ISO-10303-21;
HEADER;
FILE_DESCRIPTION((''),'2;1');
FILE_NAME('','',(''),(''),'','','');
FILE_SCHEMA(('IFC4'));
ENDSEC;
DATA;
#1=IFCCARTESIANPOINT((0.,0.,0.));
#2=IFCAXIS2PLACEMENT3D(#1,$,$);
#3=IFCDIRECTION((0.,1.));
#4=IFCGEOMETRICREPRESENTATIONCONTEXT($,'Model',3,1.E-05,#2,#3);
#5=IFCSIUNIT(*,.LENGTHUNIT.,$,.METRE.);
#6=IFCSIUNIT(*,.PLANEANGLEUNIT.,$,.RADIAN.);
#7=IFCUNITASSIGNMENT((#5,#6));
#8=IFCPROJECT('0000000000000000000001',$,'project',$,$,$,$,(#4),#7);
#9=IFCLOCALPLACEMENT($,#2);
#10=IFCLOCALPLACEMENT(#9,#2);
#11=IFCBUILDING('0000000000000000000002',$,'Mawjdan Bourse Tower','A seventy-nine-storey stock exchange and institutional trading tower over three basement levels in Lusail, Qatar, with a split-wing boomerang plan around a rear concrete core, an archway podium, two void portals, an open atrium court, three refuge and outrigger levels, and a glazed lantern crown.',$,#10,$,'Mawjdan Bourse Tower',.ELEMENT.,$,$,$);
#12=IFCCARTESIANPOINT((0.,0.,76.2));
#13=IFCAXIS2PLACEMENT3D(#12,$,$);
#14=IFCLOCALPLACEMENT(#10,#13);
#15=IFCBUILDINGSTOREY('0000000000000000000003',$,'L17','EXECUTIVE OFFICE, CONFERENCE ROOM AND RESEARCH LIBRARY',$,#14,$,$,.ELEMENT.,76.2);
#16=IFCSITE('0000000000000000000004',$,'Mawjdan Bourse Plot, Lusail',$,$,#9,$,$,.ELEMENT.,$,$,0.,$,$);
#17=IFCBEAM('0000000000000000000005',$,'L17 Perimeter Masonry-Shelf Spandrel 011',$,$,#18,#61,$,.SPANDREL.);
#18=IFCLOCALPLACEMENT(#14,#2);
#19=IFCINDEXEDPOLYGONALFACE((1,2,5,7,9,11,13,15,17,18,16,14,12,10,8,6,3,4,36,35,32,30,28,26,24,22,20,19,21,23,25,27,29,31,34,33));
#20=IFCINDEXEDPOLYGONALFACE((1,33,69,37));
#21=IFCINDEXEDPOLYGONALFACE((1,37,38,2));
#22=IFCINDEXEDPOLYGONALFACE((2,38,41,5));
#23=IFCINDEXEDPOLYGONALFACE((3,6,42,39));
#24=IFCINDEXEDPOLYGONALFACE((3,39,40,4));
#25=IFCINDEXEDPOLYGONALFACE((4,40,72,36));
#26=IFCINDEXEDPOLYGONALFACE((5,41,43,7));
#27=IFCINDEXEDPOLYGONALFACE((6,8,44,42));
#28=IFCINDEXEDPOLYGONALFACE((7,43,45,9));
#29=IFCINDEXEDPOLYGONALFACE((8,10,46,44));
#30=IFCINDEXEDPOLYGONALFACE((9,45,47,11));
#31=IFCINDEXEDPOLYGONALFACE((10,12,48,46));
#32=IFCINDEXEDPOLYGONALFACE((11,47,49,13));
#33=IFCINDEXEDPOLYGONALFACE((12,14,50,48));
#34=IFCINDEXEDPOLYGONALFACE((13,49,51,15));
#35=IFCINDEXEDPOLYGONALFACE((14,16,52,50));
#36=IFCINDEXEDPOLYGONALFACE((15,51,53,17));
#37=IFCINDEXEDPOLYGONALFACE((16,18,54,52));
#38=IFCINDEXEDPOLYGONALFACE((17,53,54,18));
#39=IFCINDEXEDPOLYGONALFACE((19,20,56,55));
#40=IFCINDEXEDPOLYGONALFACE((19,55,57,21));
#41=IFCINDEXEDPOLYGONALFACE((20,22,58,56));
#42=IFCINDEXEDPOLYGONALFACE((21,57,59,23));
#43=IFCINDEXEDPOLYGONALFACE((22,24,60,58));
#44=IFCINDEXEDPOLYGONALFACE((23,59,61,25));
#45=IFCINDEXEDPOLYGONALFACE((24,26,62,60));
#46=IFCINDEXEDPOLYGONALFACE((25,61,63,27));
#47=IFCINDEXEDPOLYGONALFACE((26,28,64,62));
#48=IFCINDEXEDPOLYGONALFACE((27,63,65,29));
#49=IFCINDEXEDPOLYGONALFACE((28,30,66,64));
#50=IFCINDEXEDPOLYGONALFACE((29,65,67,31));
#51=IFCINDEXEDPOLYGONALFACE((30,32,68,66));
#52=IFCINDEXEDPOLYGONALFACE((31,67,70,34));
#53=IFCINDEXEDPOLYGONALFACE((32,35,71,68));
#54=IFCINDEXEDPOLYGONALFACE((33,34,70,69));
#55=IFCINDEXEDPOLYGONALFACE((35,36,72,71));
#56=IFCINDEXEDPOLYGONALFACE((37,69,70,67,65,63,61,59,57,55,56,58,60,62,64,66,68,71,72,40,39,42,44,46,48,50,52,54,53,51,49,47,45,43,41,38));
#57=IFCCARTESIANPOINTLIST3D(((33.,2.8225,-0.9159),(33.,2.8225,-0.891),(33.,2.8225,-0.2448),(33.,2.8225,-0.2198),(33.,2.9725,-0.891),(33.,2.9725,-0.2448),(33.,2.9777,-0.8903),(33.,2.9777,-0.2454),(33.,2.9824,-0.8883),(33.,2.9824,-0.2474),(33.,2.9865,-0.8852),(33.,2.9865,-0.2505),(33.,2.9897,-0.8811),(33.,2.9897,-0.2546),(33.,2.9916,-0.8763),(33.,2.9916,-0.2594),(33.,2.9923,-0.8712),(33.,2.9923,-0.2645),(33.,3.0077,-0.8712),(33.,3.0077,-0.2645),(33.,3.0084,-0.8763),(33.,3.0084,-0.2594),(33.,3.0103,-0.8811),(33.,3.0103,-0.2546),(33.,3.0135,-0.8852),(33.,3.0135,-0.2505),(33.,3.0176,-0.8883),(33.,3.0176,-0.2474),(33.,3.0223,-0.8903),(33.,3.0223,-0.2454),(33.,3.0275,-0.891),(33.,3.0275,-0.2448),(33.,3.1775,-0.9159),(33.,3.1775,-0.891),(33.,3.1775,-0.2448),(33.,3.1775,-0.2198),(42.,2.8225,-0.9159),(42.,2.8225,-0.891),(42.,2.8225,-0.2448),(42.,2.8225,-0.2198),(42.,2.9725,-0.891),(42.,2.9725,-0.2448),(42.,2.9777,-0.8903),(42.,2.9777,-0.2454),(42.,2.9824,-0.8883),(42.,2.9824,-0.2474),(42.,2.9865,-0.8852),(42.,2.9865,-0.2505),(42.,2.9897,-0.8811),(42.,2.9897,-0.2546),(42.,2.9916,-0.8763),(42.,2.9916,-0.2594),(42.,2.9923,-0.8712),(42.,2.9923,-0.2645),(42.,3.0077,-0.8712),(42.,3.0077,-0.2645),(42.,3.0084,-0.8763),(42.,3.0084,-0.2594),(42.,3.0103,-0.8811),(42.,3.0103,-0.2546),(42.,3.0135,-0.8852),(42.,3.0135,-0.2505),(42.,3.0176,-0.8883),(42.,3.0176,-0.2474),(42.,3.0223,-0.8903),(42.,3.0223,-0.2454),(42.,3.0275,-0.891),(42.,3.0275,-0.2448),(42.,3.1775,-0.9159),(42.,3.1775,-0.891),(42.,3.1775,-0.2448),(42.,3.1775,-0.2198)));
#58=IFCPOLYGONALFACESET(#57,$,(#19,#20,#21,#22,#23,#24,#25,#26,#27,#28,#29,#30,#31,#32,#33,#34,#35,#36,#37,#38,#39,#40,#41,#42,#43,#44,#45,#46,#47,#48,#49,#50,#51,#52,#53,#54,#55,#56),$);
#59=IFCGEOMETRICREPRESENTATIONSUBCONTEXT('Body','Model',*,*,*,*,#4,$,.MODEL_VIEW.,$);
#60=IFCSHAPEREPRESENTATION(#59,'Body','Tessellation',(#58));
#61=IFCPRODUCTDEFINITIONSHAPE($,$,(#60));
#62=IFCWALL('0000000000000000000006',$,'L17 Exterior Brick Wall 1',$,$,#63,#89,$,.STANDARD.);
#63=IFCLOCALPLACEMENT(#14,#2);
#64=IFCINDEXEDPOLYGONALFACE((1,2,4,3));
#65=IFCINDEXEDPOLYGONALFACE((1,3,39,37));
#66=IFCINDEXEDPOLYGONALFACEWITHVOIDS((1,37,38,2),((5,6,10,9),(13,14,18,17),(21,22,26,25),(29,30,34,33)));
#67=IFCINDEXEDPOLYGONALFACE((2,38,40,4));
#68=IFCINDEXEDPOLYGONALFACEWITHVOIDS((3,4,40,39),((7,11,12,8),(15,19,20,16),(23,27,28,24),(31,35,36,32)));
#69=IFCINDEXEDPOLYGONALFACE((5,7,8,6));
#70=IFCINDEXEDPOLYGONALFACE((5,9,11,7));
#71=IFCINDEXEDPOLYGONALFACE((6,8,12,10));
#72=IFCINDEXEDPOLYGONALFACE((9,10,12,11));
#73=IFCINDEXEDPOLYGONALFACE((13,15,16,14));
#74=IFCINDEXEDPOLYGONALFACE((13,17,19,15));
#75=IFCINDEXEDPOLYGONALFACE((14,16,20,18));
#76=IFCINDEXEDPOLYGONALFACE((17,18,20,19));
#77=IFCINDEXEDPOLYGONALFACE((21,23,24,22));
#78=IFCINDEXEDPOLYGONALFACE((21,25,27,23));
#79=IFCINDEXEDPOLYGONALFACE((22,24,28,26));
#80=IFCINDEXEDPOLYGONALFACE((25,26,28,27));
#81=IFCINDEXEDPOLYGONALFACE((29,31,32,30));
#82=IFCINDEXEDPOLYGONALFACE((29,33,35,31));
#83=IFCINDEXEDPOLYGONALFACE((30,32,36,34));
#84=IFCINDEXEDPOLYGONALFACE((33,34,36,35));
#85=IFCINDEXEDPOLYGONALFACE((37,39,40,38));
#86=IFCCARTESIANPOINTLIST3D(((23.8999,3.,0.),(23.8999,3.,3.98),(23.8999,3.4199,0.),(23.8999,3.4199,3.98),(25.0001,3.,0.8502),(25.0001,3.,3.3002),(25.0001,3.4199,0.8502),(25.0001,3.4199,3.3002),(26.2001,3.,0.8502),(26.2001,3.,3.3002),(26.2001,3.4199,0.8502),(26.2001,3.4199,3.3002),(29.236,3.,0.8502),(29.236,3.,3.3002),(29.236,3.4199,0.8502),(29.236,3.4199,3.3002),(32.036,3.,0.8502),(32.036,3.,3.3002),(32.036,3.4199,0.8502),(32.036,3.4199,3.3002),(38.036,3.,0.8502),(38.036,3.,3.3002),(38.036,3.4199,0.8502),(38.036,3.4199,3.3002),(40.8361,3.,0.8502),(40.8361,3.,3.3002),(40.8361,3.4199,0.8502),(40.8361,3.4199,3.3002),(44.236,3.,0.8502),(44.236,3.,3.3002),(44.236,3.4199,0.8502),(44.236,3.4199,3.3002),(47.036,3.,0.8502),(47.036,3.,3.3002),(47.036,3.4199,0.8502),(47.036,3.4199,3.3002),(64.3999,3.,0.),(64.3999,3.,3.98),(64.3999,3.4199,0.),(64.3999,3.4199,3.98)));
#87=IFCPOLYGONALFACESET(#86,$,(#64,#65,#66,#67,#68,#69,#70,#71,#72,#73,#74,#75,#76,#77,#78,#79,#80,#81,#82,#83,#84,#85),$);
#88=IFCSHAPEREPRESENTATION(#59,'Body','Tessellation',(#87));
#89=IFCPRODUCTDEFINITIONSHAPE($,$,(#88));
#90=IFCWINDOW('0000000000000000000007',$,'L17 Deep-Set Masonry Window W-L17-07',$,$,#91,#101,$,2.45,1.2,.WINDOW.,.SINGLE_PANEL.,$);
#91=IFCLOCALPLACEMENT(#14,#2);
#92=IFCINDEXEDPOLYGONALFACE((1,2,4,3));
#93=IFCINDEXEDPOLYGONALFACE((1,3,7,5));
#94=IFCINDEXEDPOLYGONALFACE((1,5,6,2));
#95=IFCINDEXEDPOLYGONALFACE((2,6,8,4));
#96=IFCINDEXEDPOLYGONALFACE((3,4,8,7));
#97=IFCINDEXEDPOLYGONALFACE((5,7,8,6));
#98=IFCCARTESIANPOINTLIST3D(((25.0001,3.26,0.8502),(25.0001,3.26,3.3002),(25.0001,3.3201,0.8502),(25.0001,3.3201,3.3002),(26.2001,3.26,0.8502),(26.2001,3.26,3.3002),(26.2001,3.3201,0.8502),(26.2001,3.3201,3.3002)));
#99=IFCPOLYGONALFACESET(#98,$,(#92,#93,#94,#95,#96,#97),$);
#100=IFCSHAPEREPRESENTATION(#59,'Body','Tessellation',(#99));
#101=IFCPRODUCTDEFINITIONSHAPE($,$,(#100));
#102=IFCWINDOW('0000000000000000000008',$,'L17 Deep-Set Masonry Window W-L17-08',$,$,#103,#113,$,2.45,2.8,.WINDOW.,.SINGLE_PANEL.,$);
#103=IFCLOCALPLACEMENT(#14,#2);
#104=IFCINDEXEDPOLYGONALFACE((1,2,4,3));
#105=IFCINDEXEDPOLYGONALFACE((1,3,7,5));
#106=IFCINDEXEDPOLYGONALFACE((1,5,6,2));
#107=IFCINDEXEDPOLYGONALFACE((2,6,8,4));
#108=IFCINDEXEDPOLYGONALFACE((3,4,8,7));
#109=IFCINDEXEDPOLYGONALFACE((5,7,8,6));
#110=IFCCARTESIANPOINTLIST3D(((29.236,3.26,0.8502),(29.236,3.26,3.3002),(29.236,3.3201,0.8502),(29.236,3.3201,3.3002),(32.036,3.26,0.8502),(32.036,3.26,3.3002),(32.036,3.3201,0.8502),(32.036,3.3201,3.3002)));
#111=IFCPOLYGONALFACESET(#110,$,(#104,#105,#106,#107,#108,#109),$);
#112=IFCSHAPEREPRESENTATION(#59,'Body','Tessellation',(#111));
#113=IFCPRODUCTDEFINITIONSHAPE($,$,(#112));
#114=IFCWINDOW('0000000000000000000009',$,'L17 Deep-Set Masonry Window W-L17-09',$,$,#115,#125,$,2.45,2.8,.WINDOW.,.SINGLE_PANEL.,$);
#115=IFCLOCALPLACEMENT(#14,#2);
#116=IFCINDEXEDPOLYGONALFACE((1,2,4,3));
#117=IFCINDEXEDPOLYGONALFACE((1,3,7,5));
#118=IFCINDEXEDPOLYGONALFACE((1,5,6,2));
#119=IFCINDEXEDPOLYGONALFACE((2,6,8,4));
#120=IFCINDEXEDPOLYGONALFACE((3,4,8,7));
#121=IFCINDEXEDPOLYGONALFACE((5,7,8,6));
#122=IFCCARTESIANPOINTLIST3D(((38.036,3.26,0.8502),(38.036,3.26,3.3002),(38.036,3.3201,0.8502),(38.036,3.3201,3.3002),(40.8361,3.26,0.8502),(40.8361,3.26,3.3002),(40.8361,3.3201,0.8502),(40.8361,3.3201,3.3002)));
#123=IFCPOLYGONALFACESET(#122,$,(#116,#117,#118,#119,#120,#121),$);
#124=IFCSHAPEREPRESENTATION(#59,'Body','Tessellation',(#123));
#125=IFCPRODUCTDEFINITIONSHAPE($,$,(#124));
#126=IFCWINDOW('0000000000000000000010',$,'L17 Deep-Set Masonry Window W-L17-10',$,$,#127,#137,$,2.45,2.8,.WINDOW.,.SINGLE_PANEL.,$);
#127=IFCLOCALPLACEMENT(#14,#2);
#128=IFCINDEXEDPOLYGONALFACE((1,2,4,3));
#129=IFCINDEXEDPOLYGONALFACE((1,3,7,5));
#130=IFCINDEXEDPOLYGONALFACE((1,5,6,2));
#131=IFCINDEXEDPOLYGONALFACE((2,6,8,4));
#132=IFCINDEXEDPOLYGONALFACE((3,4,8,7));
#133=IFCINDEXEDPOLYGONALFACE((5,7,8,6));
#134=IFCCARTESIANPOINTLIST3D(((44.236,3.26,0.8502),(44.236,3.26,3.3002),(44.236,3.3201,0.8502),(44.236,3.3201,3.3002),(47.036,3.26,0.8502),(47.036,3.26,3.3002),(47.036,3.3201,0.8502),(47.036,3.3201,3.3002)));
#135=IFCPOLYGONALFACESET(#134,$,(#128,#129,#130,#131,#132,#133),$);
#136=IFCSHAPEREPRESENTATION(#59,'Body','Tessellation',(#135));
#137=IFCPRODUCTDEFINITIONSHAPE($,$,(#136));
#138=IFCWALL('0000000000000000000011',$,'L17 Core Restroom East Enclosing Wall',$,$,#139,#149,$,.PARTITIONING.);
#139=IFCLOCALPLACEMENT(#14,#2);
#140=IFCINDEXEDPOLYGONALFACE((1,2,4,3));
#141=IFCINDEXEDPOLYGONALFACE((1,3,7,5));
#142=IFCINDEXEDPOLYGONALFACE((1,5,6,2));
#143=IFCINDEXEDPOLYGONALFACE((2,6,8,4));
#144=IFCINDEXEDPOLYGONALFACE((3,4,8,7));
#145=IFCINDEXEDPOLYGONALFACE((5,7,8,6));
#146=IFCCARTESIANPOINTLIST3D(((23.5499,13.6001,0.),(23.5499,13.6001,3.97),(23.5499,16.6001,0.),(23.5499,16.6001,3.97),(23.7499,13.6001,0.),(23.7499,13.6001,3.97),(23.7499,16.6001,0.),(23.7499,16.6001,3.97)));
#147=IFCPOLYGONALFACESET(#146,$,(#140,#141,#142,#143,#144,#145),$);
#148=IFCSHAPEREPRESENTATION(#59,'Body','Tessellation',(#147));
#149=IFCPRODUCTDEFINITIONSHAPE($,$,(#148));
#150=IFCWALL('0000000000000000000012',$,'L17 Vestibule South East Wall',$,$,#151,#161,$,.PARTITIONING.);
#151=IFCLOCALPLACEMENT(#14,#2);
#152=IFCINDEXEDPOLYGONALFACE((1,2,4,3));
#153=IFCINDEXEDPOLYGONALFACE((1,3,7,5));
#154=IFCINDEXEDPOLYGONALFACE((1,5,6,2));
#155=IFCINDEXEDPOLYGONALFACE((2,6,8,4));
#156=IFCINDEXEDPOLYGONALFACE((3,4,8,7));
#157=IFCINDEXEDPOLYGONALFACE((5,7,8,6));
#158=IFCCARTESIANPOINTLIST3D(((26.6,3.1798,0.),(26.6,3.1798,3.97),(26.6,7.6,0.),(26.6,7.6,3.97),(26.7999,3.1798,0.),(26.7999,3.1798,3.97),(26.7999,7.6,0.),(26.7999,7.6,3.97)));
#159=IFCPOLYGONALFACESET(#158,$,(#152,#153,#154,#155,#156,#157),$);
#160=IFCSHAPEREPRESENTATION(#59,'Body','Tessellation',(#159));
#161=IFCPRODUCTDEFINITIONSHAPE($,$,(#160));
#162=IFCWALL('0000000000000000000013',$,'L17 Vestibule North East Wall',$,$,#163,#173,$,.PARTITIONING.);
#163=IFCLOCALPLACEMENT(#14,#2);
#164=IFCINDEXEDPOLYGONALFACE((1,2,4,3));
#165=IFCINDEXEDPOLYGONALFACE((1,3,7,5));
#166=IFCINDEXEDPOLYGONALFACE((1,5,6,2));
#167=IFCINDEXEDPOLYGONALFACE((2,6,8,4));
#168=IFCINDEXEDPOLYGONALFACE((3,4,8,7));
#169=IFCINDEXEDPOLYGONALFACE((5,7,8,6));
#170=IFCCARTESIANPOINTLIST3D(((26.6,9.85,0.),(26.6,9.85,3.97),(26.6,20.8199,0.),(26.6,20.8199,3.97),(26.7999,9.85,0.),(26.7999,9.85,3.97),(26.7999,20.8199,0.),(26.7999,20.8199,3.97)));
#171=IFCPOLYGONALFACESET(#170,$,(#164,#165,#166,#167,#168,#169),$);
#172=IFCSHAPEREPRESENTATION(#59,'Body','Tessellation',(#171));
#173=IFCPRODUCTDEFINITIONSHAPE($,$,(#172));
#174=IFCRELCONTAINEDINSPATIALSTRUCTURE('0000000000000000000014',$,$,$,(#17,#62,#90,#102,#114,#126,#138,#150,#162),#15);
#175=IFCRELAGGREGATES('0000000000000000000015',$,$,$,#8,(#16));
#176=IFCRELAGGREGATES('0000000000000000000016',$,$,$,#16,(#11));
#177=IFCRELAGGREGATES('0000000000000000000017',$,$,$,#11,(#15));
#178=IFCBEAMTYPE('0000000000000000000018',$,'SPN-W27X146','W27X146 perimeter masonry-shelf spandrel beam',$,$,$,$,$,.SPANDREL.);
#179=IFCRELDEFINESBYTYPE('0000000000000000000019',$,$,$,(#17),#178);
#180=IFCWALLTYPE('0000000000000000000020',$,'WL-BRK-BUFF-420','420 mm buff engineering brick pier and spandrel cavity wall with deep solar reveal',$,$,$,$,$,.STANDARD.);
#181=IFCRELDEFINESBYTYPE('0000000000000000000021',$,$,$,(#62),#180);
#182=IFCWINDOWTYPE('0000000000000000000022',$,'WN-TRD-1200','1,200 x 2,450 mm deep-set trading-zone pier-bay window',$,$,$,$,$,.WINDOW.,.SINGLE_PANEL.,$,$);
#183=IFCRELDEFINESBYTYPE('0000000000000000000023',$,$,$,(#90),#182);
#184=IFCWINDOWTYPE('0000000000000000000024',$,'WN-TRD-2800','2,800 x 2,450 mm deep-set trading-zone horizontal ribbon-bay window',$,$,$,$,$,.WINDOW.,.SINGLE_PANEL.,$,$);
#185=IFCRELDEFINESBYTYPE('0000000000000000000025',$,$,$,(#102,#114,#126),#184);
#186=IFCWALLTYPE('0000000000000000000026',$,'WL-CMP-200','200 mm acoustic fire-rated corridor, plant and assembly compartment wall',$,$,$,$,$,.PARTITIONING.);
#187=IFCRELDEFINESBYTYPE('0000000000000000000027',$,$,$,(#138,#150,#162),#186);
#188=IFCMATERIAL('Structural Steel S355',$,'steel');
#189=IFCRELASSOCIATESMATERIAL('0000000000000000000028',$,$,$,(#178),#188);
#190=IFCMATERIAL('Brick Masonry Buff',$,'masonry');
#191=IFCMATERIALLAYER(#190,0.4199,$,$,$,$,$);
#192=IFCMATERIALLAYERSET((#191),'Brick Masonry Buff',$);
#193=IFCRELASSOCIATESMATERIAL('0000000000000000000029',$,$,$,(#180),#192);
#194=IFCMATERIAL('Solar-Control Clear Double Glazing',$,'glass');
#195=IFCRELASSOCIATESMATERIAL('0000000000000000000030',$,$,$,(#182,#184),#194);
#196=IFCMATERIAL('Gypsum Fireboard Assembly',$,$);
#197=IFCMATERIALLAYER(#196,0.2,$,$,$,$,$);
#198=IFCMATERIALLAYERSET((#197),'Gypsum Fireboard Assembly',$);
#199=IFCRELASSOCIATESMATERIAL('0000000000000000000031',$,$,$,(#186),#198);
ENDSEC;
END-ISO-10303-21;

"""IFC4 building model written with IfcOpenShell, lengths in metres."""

from ifc_helpers import new_model, si_unit, direction, frame, frame_2d, origin, origin_2d, place, context, subcontext, project, spatial, rectangle, i_section, extrude, material, layer, layer_set, material_profile, profile_set, type_object, element, fill, save


model = new_model("IFC4")

# Units and contexts
model_context = context("Model", 3, precision=1e-05, world=origin(), true_north=direction((0.0, 1.0)))
body_context = subcontext(model_context, "Body", "Model", "MODEL_VIEW")
ifc_project = project(units=[si_unit("LENGTHUNIT", "METRE"), si_unit("PLANEANGLEUNIT", "RADIAN")], contexts=[model_context])

# Site, building, storey
site_placement = place(None, origin())
site = spatial("IfcSite", under=ifc_project, at=site_placement, Name="Mawjdan Bourse Plot, Lusail", CompositionType="ELEMENT", RefElevation=0.0)
building_placement = place(site_placement, origin())
building = spatial("IfcBuilding", under=site, at=building_placement, Name="Mawjdan Bourse Tower", Description="A seventy-nine-storey stock exchange and institutional trading tower over three basement levels in Lusail, Qatar, with a split-wing boomerang plan around a rear concrete core, an archway podium, two void portals, an open atrium court, three refuge and outrigger levels, and a glazed lantern crown.", LongName="Mawjdan Bourse Tower", CompositionType="ELEMENT")
storey_placement = place(building_placement, frame((0.0, 0.0, 76.2)))
storey = spatial("IfcBuildingStorey", under=building, at=storey_placement, Name="L17", Description="EXECUTIVE OFFICE, CONFERENCE ROOM AND RESEARCH LIBRARY", CompositionType="ELEMENT", Elevation=76.2)

# Beam
ifc_material_1 = material(Name="Structural Steel S355", Category="steel")
ifc_material_profile_1 = material_profile(ifc_material_1, i_section(OverallWidth=0.355, OverallDepth=0.696, WebThickness=0.0154, FlangeThickness=0.0249, FilletRadius=0.0198, at=origin_2d()), Name="W27X146")
ifc_profile_set_1 = profile_set([ifc_material_profile_1], Name="Structural Steel S355")
beam_type_1 = type_object("IfcBeamType", Name="SPN-W27X146", Description="W27X146 perimeter masonry-shelf spandrel beam", PredefinedType="SPANDREL", material=ifc_profile_set_1)
for number, where, z_axis, x_axis, name in (
    (1, (33.0, 3.0, -0.5679), (1.0, 0.0, 0.0), (0.0, 1.0, 0.0), "L17 Perimeter Masonry-Shelf Spandrel 011"),
):
    element("IfcBeam", number, at=place(storey_placement, frame(where, z_axis=z_axis, x_axis=x_axis)), inside=storey, type_object=beam_type_1, Name=name, PredefinedType="SPANDREL", context=body_context, shape_type="SweptSolid", body=[
        extrude(i_section(OverallWidth=0.355, OverallDepth=0.696, WebThickness=0.0154, FlangeThickness=0.0249, FilletRadius=0.0198, at=origin_2d()), origin(), (0.0, 0.0, 1.0), 9.0),
    ])

# Wall, openings, windows
ifc_material_2 = material(Name="Brick Masonry Buff", Category="masonry")
ifc_layer_1 = layer(ifc_material_2, 0.4199)
ifc_layer_set_1 = layer_set([ifc_layer_1], Name="Brick Masonry Buff")
wall_type_1 = type_object("IfcWallType", Name="WL-BRK-BUFF-420", Description="420 mm buff engineering brick pier and spandrel cavity wall with deep solar reveal", PredefinedType="STANDARD", material=ifc_layer_set_1)
wall_1_placement = place(storey_placement, frame((23.8999, 3.21, 0.0), z_axis=(0.0, 0.0, 1.0), x_axis=(1.0, 0.0, 0.0)))
wall_1 = element("IfcWall", 2, at=wall_1_placement, inside=storey, type_object=wall_type_1, Name="L17 Exterior Brick Wall 1", PredefinedType="STANDARD", context=body_context, shape_type="SweptSolid", body=[
    extrude(rectangle(XDim=40.5, YDim=0.4199, at=frame_2d((20.25, 0.0))), origin(), (0.0, 0.0, 1.0), 3.98),
])
opening_1_placement = place(wall_1_placement, frame((1.1001, 0.0, 0.8501)))
opening_1 = element("IfcOpeningElement", 3, at=opening_1_placement, cuts=wall_1, PredefinedType="OPENING", context=body_context, shape_type="SweptSolid", body=[
    extrude(rectangle(XDim=1.2, YDim=2.45, at=frame_2d((0.6001, 1.2251))), frame((0.0, 0.22, 0.0), z_axis=(0.0, -1.0, 0.0), x_axis=(1.0, 0.0, 0.0)), (0.0, 0.0, 1.0), 0.4399),
])
opening_2_placement = place(wall_1_placement, frame((5.3362, 0.0, 0.8501)))
opening_2 = element("IfcOpeningElement", 4, at=opening_2_placement, cuts=wall_1, PredefinedType="OPENING", context=body_context, shape_type="SweptSolid", body=[
    extrude(rectangle(XDim=2.8, YDim=2.45, at=frame_2d((1.3999, 1.2251))), frame((0.0, 0.22, 0.0), z_axis=(0.0, -1.0, 0.0), x_axis=(1.0, 0.0, 0.0)), (0.0, 0.0, 1.0), 0.4399),
])
opening_3_placement = place(wall_1_placement, frame((14.1362, 0.0, 0.8501)))
opening_3 = element("IfcOpeningElement", 5, at=opening_3_placement, cuts=wall_1, PredefinedType="OPENING", context=body_context, shape_type="SweptSolid", body=[
    extrude(rectangle(XDim=2.8, YDim=2.45, at=frame_2d((1.3999, 1.2251))), frame((0.0, 0.22, 0.0), z_axis=(0.0, -1.0, 0.0), x_axis=(1.0, 0.0, 0.0)), (0.0, 0.0, 1.0), 0.4399),
])
opening_4_placement = place(wall_1_placement, frame((20.3362, 0.0, 0.8501)))
opening_4 = element("IfcOpeningElement", 6, at=opening_4_placement, cuts=wall_1, PredefinedType="OPENING", context=body_context, shape_type="SweptSolid", body=[
    extrude(rectangle(XDim=2.8, YDim=2.45, at=frame_2d((1.3999, 1.2251))), frame((0.0, 0.22, 0.0), z_axis=(0.0, -1.0, 0.0), x_axis=(1.0, 0.0, 0.0)), (0.0, 0.0, 1.0), 0.4399),
])
ifc_material_3 = material(Name="Solar-Control Clear Double Glazing", Category="glass")
window_type_1 = type_object("IfcWindowType", Name="WN-TRD-1200", Description="1,200 x 2,450 mm deep-set trading-zone pier-bay window", PartitioningType="SINGLE_PANEL", PredefinedType="WINDOW", material=ifc_material_3)
window_1_placement = place(opening_1_placement, origin())
window_1 = element("IfcWindow", 7, at=window_1_placement, inside=storey, type_object=window_type_1, Name="L17 Deep-Set Masonry Window W-L17-07", OverallHeight=2.45, OverallWidth=1.2, PartitioningType="SINGLE_PANEL", PredefinedType="WINDOW", context=body_context, shape_type="SweptSolid", body=[
    extrude(rectangle(XDim=1.2, YDim=2.45, at=frame_2d((0.6001, 1.2251))), frame((0.0, 0.1101, 0.0), z_axis=(0.0, -1.0, 0.0), x_axis=(1.0, 0.0, 0.0)), (0.0, 0.0, 1.0), 0.0601),
])
fill(opening_1, window_1)
window_type_2 = type_object("IfcWindowType", Name="WN-TRD-2800", Description="2,800 x 2,450 mm deep-set trading-zone horizontal ribbon-bay window", PartitioningType="SINGLE_PANEL", PredefinedType="WINDOW", material=ifc_material_3)
window_2_placement = place(opening_2_placement, origin())
window_2 = element("IfcWindow", 8, at=window_2_placement, inside=storey, type_object=window_type_2, Name="L17 Deep-Set Masonry Window W-L17-08", OverallHeight=2.45, OverallWidth=2.8, PartitioningType="SINGLE_PANEL", PredefinedType="WINDOW", context=body_context, shape_type="SweptSolid", body=[
    extrude(rectangle(XDim=2.8, YDim=2.45, at=frame_2d((1.3999, 1.2251))), frame((0.0, 0.1101, 0.0), z_axis=(0.0, -1.0, 0.0), x_axis=(1.0, 0.0, 0.0)), (0.0, 0.0, 1.0), 0.0601),
])
fill(opening_2, window_2)
window_3_placement = place(opening_3_placement, origin())
window_3 = element("IfcWindow", 9, at=window_3_placement, inside=storey, type_object=window_type_2, Name="L17 Deep-Set Masonry Window W-L17-09", OverallHeight=2.45, OverallWidth=2.8, PartitioningType="SINGLE_PANEL", PredefinedType="WINDOW", context=body_context, shape_type="SweptSolid", body=[
    extrude(rectangle(XDim=2.8, YDim=2.45, at=frame_2d((1.3999, 1.2251))), frame((0.0, 0.1101, 0.0), z_axis=(0.0, -1.0, 0.0), x_axis=(1.0, 0.0, 0.0)), (0.0, 0.0, 1.0), 0.0601),
])
fill(opening_3, window_3)
window_4_placement = place(opening_4_placement, origin())
window_4 = element("IfcWindow", 10, at=window_4_placement, inside=storey, type_object=window_type_2, Name="L17 Deep-Set Masonry Window W-L17-10", OverallHeight=2.45, OverallWidth=2.8, PartitioningType="SINGLE_PANEL", PredefinedType="WINDOW", context=body_context, shape_type="SweptSolid", body=[
    extrude(rectangle(XDim=2.8, YDim=2.45, at=frame_2d((1.3999, 1.2251))), frame((0.0, 0.1101, 0.0), z_axis=(0.0, -1.0, 0.0), x_axis=(1.0, 0.0, 0.0)), (0.0, 0.0, 1.0), 0.0601),
])
fill(opening_4, window_4)

# Wall
ifc_material_4 = material(Name="Gypsum Fireboard Assembly")
ifc_layer_2 = layer(ifc_material_4, 0.2)
ifc_layer_set_2 = layer_set([ifc_layer_2], Name="Gypsum Fireboard Assembly")
wall_type_2 = type_object("IfcWallType", Name="WL-CMP-200", Description="200 mm acoustic fire-rated corridor, plant and assembly compartment wall", PredefinedType="PARTITIONING", material=ifc_layer_set_2)
wall_2_placement = place(storey_placement, frame((23.6499, 13.6001, 0.0), z_axis=(0.0, 0.0, 1.0), x_axis=(0.0, 1.0, 0.0)))
element("IfcWall", 11, at=wall_2_placement, inside=storey, type_object=wall_type_2, Name="L17 Core Restroom East Enclosing Wall", PredefinedType="PARTITIONING", context=body_context, shape_type="SweptSolid", body=[
    extrude(rectangle(XDim=3.0, YDim=0.2, at=frame_2d((1.5, 0.0))), origin(), (0.0, 0.0, 1.0), 3.97),
])

# Walls
wall_3_placement = place(storey_placement, frame((26.7, 3.1799, 0.0), z_axis=(0.0, 0.0, 1.0), x_axis=(0.0, 1.0, 0.0)))
element("IfcWall", 12, at=wall_3_placement, inside=storey, type_object=wall_type_2, Name="L17 Vestibule South East Wall", PredefinedType="PARTITIONING", context=body_context, shape_type="SweptSolid", body=[
    extrude(rectangle(XDim=4.4202, YDim=0.2, at=frame_2d((2.21, 0.0))), origin(), (0.0, 0.0, 1.0), 3.97),
])
wall_4_placement = place(storey_placement, frame((26.7, 9.8501, 0.0), z_axis=(0.0, 0.0, 1.0), x_axis=(0.0, 1.0, 0.0)))
element("IfcWall", 13, at=wall_4_placement, inside=storey, type_object=wall_type_2, Name="L17 Vestibule North East Wall", PredefinedType="PARTITIONING", context=body_context, shape_type="SweptSolid", body=[
    extrude(rectangle(XDim=10.97, YDim=0.2, at=frame_2d((5.4849, 0.0))), origin(), (0.0, 0.0, 1.0), 3.97),
])

save(model, "model.ifc")
